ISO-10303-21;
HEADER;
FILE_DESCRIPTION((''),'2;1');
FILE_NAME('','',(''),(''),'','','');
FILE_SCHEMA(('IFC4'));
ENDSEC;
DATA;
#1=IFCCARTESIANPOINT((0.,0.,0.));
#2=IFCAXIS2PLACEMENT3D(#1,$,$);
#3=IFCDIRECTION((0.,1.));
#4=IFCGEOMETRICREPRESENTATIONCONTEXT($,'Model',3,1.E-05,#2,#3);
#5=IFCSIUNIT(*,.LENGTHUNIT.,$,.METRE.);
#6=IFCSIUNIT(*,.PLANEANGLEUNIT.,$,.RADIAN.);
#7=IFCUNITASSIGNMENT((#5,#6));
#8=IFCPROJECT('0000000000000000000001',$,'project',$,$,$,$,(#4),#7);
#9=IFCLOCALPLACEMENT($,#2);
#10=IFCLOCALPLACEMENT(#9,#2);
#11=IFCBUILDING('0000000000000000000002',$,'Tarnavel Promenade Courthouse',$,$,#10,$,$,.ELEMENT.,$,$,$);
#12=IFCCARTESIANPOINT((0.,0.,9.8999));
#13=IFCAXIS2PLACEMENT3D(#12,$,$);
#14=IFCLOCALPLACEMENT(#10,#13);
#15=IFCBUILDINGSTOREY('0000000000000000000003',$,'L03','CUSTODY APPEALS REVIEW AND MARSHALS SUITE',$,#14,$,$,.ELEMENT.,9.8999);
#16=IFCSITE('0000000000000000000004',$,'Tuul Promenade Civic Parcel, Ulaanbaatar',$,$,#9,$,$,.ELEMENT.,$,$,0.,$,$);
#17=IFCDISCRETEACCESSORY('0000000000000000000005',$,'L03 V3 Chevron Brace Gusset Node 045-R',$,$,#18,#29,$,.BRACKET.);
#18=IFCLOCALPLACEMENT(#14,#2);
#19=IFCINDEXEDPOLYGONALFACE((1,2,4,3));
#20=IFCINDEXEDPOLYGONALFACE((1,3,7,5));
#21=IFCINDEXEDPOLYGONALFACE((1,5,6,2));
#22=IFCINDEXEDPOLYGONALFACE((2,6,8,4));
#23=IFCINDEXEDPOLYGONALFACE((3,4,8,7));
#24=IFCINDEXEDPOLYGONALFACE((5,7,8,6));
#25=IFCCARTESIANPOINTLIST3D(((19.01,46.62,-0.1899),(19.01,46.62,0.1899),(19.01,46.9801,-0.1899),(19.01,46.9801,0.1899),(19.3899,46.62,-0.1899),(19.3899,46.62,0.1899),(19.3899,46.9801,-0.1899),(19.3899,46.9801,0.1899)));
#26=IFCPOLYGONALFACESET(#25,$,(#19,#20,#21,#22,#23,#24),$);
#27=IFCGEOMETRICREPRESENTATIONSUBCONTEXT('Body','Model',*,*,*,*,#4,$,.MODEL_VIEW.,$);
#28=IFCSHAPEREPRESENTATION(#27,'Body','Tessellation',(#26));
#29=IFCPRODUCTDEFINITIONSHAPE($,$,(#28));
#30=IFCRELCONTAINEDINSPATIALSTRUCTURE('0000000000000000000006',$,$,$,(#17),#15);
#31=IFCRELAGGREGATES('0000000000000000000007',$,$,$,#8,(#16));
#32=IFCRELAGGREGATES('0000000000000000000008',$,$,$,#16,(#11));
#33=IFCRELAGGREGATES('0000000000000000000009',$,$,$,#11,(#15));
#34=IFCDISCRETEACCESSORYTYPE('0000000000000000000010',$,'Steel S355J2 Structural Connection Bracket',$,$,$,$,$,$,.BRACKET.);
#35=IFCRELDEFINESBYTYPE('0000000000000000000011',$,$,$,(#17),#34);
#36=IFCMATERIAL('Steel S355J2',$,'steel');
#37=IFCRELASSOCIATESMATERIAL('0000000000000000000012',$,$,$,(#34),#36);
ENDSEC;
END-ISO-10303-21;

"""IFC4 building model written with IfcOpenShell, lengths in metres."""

from ifc_helpers import new_model, si_unit, direction, frame, origin, origin_2d, place, context, subcontext, project, spatial, rectangle, extrude, material, type_object, element, save


model = new_model("IFC4")

# Units and contexts
model_context = context("Model", 3, precision=1e-05, world=origin(), true_north=direction((0.0, 1.0)))
body_context = subcontext(model_context, "Body", "Model", "MODEL_VIEW")
ifc_project = project(units=[si_unit("LENGTHUNIT", "METRE"), si_unit("PLANEANGLEUNIT", "RADIAN")], contexts=[model_context])

# Site, building, storey
site_placement = place(None, origin())
site = spatial("IfcSite", under=ifc_project, at=site_placement, Name="Tuul Promenade Civic Parcel, Ulaanbaatar", CompositionType="ELEMENT", RefElevation=0.0)
building_placement = place(site_placement, origin())
building = spatial("IfcBuilding", under=site, at=building_placement, Name="Tarnavel Promenade Courthouse", CompositionType="ELEMENT")
storey_placement = place(building_placement, frame((0.0, 0.0, 9.8999)))
storey = spatial("IfcBuildingStorey", under=building, at=storey_placement, Name="L03", Description="CUSTODY APPEALS REVIEW AND MARSHALS SUITE", CompositionType="ELEMENT", Elevation=9.8999)

# Shared definitions
ifc_material_1 = material(Name="Steel S355J2", Category="steel")

# Discrete accessory
discrete_accessory_type = type_object("IfcDiscreteAccessoryType", Name="Steel S355J2 Structural Connection Bracket", PredefinedType="BRACKET", material=ifc_material_1)
discrete_accessory_placement = place(storey_placement, frame((19.2, 46.8, -0.1899), z_axis=(0.0, 0.0, 1.0), x_axis=(1.0, 0.0, 0.0)))
element("IfcDiscreteAccessory", 1, at=discrete_accessory_placement, inside=storey, type_object=discrete_accessory_type, Name="L03 V3 Chevron Brace Gusset Node 045-R", PredefinedType="BRACKET", context=body_context, shape_type="SweptSolid", body=[
    extrude(rectangle(XDim=0.3799, YDim=0.3601, at=origin_2d()), origin(), (0.0, 0.0, 1.0), 0.3799),
])

save(model, "model.ifc")
